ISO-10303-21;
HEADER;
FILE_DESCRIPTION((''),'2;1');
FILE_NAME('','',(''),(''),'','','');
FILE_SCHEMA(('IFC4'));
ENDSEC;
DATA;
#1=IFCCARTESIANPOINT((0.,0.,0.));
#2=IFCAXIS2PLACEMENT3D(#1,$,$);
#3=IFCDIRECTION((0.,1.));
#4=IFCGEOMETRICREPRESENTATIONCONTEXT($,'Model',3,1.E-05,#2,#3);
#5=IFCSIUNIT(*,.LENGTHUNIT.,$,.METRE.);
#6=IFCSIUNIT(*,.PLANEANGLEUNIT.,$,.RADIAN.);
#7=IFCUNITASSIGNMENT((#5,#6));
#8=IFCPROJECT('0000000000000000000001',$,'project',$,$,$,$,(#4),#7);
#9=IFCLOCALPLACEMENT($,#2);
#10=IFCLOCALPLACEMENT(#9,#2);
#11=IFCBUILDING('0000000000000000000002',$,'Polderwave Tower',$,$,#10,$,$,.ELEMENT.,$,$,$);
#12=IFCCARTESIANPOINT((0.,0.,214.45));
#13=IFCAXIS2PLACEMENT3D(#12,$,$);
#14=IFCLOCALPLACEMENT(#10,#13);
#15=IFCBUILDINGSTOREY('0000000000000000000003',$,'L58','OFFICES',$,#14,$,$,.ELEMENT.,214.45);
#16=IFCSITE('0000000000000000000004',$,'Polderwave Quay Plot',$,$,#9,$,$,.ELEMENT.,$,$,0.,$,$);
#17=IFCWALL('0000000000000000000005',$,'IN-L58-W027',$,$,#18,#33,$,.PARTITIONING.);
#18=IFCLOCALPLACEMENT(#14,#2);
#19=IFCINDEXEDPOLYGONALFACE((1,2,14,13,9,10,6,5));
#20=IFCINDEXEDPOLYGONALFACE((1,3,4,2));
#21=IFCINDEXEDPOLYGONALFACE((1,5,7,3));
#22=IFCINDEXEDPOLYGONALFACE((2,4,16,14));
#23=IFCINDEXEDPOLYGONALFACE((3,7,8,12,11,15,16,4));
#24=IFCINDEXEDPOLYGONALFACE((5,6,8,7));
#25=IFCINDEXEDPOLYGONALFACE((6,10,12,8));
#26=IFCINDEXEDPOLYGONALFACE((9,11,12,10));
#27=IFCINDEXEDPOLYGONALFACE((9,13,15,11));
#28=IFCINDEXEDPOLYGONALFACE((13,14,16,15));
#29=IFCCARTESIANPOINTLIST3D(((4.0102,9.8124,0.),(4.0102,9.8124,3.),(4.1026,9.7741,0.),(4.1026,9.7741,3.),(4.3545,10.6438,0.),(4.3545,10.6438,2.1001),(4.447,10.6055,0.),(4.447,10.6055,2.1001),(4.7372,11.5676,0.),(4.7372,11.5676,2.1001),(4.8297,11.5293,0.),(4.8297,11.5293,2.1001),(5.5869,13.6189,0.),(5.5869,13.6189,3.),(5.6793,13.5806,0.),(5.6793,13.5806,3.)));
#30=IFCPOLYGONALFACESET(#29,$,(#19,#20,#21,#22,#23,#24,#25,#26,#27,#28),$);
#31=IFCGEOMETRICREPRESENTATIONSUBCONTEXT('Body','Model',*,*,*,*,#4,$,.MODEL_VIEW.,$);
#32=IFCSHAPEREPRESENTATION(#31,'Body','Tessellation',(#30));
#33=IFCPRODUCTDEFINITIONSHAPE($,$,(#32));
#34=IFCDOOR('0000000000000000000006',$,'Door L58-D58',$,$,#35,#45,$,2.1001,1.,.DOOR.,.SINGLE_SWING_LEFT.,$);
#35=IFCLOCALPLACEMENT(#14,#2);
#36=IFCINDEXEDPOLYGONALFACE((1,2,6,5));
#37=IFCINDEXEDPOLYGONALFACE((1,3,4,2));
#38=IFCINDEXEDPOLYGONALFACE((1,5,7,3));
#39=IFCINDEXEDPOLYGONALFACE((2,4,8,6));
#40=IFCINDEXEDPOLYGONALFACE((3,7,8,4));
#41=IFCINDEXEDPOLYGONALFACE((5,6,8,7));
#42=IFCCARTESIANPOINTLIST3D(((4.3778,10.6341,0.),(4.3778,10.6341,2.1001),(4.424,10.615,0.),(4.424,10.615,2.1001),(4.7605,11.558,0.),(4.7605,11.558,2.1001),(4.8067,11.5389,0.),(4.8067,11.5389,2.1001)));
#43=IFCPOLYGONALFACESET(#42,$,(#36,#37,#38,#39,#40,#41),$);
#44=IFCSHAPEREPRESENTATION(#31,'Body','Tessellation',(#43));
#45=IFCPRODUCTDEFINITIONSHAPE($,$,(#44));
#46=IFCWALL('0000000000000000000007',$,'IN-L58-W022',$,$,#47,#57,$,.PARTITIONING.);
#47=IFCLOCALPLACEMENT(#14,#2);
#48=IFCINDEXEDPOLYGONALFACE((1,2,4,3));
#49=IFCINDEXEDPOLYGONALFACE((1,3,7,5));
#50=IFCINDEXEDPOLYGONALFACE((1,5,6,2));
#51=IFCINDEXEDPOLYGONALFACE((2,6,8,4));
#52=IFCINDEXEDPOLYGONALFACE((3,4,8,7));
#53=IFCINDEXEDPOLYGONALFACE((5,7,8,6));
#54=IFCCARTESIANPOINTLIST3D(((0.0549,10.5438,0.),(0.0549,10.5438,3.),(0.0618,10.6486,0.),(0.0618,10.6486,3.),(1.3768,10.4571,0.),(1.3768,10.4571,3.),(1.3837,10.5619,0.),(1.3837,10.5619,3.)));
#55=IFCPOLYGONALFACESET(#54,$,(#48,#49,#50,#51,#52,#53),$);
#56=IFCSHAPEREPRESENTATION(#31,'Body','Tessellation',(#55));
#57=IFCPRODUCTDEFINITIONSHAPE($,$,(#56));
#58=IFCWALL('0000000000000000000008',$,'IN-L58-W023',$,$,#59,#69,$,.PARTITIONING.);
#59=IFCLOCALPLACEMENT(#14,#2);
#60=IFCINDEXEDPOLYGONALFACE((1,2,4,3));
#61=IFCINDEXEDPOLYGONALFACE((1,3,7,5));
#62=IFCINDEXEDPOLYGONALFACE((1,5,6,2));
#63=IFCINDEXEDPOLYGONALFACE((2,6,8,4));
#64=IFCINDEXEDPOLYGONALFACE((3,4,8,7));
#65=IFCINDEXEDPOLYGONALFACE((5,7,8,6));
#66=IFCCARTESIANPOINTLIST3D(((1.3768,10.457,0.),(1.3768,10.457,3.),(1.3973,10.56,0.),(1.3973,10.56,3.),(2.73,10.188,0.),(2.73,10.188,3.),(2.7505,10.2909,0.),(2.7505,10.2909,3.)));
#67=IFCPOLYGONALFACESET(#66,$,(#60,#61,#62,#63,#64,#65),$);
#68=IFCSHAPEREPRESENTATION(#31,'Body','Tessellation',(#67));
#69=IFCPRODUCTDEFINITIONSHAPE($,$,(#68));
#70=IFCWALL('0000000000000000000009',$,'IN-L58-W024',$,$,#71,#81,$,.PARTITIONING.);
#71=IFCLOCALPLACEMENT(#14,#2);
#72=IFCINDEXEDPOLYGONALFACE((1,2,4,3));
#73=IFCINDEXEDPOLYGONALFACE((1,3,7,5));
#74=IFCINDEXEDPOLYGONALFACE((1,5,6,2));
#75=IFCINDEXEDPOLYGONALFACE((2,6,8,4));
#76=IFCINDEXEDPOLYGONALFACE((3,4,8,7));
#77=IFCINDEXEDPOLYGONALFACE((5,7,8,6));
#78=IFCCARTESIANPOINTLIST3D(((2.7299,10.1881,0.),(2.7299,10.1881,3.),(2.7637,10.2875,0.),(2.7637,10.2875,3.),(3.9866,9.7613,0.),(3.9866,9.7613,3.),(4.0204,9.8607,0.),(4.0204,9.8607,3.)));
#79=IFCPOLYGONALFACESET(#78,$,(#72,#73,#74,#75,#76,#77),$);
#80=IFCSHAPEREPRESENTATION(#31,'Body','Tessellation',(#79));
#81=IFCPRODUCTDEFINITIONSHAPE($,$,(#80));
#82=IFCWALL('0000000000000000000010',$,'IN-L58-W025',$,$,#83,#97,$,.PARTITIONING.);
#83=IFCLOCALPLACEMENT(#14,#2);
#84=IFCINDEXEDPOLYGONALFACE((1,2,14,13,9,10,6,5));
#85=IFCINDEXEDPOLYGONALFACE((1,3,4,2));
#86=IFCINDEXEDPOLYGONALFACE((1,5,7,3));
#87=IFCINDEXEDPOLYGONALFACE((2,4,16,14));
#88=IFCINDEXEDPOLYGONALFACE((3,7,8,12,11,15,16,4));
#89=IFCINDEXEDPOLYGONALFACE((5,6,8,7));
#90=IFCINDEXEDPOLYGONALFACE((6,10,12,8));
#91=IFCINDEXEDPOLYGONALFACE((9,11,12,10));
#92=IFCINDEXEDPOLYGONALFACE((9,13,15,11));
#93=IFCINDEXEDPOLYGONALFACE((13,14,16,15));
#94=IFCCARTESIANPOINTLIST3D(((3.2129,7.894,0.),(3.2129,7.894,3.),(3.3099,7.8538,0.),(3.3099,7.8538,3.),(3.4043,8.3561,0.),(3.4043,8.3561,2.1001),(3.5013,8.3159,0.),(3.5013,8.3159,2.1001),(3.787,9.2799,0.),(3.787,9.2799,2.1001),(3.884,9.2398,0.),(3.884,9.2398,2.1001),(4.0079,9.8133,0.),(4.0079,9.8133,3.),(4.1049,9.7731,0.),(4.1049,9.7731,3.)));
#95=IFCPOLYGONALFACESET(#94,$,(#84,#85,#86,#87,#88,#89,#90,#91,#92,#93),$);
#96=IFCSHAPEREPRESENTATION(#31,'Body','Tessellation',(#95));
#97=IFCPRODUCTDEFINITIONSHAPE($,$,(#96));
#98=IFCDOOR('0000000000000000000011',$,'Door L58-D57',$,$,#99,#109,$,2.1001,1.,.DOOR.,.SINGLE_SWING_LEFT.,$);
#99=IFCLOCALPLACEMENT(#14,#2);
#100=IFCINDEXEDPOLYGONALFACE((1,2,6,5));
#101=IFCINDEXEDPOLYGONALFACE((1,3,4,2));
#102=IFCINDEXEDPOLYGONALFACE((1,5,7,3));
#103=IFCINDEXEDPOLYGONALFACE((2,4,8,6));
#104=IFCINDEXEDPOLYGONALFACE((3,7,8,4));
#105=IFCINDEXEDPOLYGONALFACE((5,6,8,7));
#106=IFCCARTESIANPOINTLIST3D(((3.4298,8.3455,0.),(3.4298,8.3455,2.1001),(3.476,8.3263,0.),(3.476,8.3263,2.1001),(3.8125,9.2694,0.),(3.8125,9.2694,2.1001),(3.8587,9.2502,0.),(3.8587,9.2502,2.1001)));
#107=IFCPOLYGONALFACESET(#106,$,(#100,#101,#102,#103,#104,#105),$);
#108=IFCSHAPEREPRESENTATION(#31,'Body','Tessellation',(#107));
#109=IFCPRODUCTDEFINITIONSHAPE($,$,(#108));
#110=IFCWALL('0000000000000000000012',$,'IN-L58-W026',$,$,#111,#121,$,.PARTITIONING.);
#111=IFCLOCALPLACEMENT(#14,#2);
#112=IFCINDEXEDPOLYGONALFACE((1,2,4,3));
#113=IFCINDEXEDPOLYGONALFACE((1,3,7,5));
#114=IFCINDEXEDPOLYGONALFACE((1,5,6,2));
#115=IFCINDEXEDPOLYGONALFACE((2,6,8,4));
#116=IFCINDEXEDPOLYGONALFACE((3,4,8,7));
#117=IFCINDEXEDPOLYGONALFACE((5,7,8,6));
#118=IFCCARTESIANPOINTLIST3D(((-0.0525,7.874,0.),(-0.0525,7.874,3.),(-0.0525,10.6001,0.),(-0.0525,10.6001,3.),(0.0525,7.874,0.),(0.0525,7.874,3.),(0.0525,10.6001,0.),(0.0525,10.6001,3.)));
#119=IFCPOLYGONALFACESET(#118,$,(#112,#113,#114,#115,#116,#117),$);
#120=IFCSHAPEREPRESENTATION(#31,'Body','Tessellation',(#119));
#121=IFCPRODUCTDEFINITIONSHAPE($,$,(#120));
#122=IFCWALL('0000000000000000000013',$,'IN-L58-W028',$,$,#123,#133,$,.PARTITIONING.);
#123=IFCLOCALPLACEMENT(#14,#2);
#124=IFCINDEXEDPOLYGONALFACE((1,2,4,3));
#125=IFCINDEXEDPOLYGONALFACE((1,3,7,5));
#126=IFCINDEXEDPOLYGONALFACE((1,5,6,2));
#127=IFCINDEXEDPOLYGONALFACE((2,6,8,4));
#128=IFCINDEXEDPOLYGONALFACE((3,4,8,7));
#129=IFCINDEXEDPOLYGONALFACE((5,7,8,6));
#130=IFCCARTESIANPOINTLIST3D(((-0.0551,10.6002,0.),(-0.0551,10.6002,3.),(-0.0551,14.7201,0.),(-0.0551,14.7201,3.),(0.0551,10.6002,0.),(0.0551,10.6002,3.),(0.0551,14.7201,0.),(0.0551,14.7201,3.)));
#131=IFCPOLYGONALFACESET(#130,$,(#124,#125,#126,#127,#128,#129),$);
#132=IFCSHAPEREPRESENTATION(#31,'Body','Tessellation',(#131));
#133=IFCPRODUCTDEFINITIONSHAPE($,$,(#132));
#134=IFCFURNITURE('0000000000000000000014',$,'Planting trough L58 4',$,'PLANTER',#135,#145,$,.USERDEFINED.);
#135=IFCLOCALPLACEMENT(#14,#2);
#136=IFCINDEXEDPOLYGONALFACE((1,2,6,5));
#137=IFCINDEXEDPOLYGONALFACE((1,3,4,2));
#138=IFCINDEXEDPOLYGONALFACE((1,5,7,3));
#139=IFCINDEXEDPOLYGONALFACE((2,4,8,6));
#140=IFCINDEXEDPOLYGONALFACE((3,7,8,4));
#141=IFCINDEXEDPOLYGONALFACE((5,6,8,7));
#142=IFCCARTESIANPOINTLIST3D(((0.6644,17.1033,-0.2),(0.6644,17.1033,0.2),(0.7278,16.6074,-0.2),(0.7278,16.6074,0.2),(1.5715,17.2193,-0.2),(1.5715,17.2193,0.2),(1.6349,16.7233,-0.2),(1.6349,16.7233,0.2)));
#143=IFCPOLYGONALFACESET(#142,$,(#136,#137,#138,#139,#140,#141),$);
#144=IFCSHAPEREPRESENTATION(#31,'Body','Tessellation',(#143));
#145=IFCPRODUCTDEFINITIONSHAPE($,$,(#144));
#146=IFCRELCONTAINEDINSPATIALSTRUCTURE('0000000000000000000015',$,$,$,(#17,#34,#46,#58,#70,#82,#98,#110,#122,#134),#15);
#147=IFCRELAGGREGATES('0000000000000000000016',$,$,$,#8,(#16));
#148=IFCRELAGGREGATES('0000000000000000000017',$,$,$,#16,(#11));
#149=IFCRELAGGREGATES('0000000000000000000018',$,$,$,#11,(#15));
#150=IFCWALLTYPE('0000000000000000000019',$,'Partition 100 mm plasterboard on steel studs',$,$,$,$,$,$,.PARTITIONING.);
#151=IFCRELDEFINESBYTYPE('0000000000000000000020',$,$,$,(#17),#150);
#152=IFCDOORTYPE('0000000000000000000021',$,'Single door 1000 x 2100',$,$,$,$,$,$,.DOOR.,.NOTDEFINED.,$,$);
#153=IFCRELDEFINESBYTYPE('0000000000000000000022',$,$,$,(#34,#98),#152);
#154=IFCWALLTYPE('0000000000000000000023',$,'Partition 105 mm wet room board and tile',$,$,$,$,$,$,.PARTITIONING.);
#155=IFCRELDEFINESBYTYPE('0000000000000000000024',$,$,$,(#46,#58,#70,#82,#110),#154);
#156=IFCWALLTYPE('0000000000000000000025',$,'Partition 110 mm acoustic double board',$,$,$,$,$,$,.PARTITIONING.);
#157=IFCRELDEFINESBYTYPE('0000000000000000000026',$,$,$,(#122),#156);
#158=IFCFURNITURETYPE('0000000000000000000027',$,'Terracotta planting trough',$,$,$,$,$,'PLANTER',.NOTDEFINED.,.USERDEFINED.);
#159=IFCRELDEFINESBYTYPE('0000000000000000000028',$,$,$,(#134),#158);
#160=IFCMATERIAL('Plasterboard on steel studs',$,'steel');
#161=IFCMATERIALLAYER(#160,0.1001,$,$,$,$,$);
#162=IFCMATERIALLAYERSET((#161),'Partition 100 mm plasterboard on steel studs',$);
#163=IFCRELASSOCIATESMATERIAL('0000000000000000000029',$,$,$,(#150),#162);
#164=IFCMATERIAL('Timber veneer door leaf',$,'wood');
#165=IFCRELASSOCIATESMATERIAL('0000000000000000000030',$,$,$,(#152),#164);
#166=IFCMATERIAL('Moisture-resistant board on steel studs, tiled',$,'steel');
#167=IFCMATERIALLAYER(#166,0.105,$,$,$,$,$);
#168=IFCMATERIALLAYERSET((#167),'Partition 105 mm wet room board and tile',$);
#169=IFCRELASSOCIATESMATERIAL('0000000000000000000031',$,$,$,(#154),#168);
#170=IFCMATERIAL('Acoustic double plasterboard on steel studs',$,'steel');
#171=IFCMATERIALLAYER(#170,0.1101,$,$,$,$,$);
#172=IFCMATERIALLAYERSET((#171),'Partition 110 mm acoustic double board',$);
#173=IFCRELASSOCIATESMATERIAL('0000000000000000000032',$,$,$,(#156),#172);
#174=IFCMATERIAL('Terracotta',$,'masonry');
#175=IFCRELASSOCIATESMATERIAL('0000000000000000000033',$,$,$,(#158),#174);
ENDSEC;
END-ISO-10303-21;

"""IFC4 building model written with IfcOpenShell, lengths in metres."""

from ifc_helpers import new_model, si_unit, direction, frame, frame_2d, origin, origin_2d, place, context, subcontext, project, spatial, rectangle, extrude, material, layer, layer_set, type_object, element, fill, save


model = new_model("IFC4")

# Units and contexts
model_context = context("Model", 3, precision=1e-05, world=origin(), true_north=direction((0.0, 1.0)))
body_context = subcontext(model_context, "Body", "Model", "MODEL_VIEW")
ifc_project = project(units=[si_unit("LENGTHUNIT", "METRE"), si_unit("PLANEANGLEUNIT", "RADIAN")], contexts=[model_context])

# Site, building, storey
site_placement = place(None, origin())
site = spatial("IfcSite", under=ifc_project, at=site_placement, Name="Polderwave Quay Plot", CompositionType="ELEMENT", RefElevation=0.0)
building_placement = place(site_placement, origin())
building = spatial("IfcBuilding", under=site, at=building_placement, Name="Polderwave Tower", CompositionType="ELEMENT")
storey_placement = place(building_placement, frame((0.0, 0.0, 214.45)))
storey = spatial("IfcBuildingStorey", under=building, at=storey_placement, Name="L58", Description="OFFICES", CompositionType="ELEMENT", Elevation=214.45)

# Wall, opening, door
ifc_material_1 = material(Name="Plasterboard on steel studs", Category="steel")
ifc_layer_1 = layer(ifc_material_1, 0.1001)
ifc_layer_set_1 = layer_set([ifc_layer_1], Name="Partition 100 mm plasterboard on steel studs")
wall_type_1 = type_object("IfcWallType", Name="Partition 100 mm plasterboard on steel studs", PredefinedType="PARTITIONING", material=ifc_layer_set_1)
wall_1_placement = place(storey_placement, frame((4.0564, 9.7932, 0.0), z_axis=(0.0, 0.0, 1.0), x_axis=(0.382683, 0.92388, 0.0)))
wall_1 = element("IfcWall", 1, at=wall_1_placement, inside=storey, type_object=wall_type_1, Name="IN-L58-W027", PredefinedType="PARTITIONING", context=body_context, shape_type="SweptSolid", body=[
    extrude(rectangle(XDim=4.1201, YDim=0.1001, at=frame_2d((2.0601, 0.0))), origin(), (0.0, 0.0, 1.0), 3.0),
])
opening_1_placement = place(wall_1_placement, frame((0.8999, 0.0, 0.0)))
opening_1 = element("IfcOpeningElement", 2, at=opening_1_placement, cuts=wall_1, PredefinedType="OPENING", context=body_context, shape_type="SweptSolid", body=[
    extrude(rectangle(XDim=1.0, YDim=2.1001, at=frame_2d((0.5, 1.05))), frame((0.0, 0.0601, 0.0), z_axis=(0.0, -1.0, 0.0), x_axis=(1.0, 0.0, 0.0)), (0.0, 0.0, 1.0), 0.1201),
])
ifc_material_2 = material(Name="Timber veneer door leaf", Category="wood")
door_type = type_object("IfcDoorType", Name="Single door 1000 x 2100", OperationType="NOTDEFINED", PredefinedType="DOOR", material=ifc_material_2)
door_1_placement = place(opening_1_placement, origin())
door_1 = element("IfcDoor", 3, at=door_1_placement, inside=storey, type_object=door_type, Name="Door L58-D58", OperationType="SINGLE_SWING_LEFT", OverallHeight=2.1001, OverallWidth=1.0, PredefinedType="DOOR", context=body_context, shape_type="SweptSolid", body=[
    extrude(rectangle(XDim=1.0, YDim=2.1001, at=frame_2d((0.5, 1.05))), frame((0.0, 0.0249, 0.0), z_axis=(0.0, -1.0, 0.0), x_axis=(1.0, 0.0, 0.0)), (0.0, 0.0, 1.0), 0.05),
])
fill(opening_1, door_1)

# Walls
ifc_material_3 = material(Name="Moisture-resistant board on steel studs, tiled", Category="steel")
ifc_layer_2 = layer(ifc_material_3, 0.105)
ifc_layer_set_2 = layer_set([ifc_layer_2], Name="Partition 105 mm wet room board and tile")
wall_type_2 = type_object("IfcWallType", Name="Partition 105 mm wet room board and tile", PredefinedType="PARTITIONING", material=ifc_layer_set_2)
wall_2_placement = place(storey_placement, frame((0.0583, 10.5962, 0.0), z_axis=(0.0, 0.0, 1.0), x_axis=(0.997857, -0.06543, 0.0)))
element("IfcWall", 4, at=wall_2_placement, inside=storey, type_object=wall_type_2, Name="IN-L58-W022", PredefinedType="PARTITIONING", context=body_context, shape_type="SweptSolid", body=[
    extrude(rectangle(XDim=1.3247, YDim=0.105, at=frame_2d((0.6624, 0.0))), origin(), (0.0, 0.0, 1.0), 3.0),
])
wall_3_placement = place(storey_placement, frame((1.387, 10.5085, 0.0), z_axis=(0.0, 0.0, 1.0), x_axis=(0.980798, -0.195027, 0.0)))
element("IfcWall", 5, at=wall_3_placement, inside=storey, type_object=wall_type_2, Name="IN-L58-W023", PredefinedType="PARTITIONING", context=body_context, shape_type="SweptSolid", body=[
    extrude(rectangle(XDim=1.3796, YDim=0.105, at=frame_2d((0.6899, 0.0))), origin(), (0.0, 0.0, 1.0), 3.0),
])
wall_4_placement = place(storey_placement, frame((2.7468, 10.2378, 0.0), z_axis=(0.0, 0.0, 1.0), x_axis=(0.946884, -0.321576, 0.0)))
element("IfcWall", 6, at=wall_4_placement, inside=storey, type_object=wall_type_2, Name="IN-L58-W024", PredefinedType="PARTITIONING", context=body_context, shape_type="SweptSolid", body=[
    extrude(rectangle(XDim=1.3271, YDim=0.105, at=frame_2d((0.6636, 0.0))), origin(), (0.0, 0.0, 1.0), 3.0),
])

# Wall, opening, door
wall_5_placement = place(storey_placement, frame((3.2615, 7.874, 0.0), z_axis=(0.0, 0.0, 1.0), x_axis=(0.38267, 0.923885, 0.0)))
wall_5 = element("IfcWall", 7, at=wall_5_placement, inside=storey, type_object=wall_type_2, Name="IN-L58-W025", PredefinedType="PARTITIONING", context=body_context, shape_type="SweptSolid", body=[
    extrude(rectangle(XDim=2.0774, YDim=0.105, at=frame_2d((1.0386, 0.0))), origin(), (0.0, 0.0, 1.0), 3.0),
])
opening_2_placement = place(wall_5_placement, frame((0.5, 0.0, 0.0)))
opening_2 = element("IfcOpeningElement", 8, at=opening_2_placement, cuts=wall_5, PredefinedType="OPENING", context=body_context, shape_type="SweptSolid", body=[
    extrude(rectangle(XDim=1.0, YDim=2.1001, at=frame_2d((0.5, 1.05))), frame((0.0, 0.0625, 0.0), z_axis=(0.0, -1.0, 0.0), x_axis=(1.0, 0.0, 0.0)), (0.0, 0.0, 1.0), 0.125),
])
door_2_placement = place(opening_2_placement, origin())
door_2 = element("IfcDoor", 9, at=door_2_placement, inside=storey, type_object=door_type, Name="Door L58-D57", OperationType="SINGLE_SWING_LEFT", OverallHeight=2.1001, OverallWidth=1.0, PredefinedType="DOOR", context=body_context, shape_type="SweptSolid", body=[
    extrude(rectangle(XDim=1.0, YDim=2.1001, at=frame_2d((0.5, 1.05))), frame((0.0, 0.0249, 0.0), z_axis=(0.0, -1.0, 0.0), x_axis=(1.0, 0.0, 0.0)), (0.0, 0.0, 1.0), 0.05),
])
fill(opening_2, door_2)

# Walls
wall_6_placement = place(storey_placement, frame((0.0, 7.874, 0.0), z_axis=(0.0, 0.0, 1.0), x_axis=(0.0, 1.0, 0.0)))
element("IfcWall", 10, at=wall_6_placement, inside=storey, type_object=wall_type_2, Name="IN-L58-W026", PredefinedType="PARTITIONING", context=body_context, shape_type="SweptSolid", body=[
    extrude(rectangle(XDim=2.7261, YDim=0.105, at=frame_2d((1.363, 0.0))), origin(), (0.0, 0.0, 1.0), 3.0),
])
ifc_material_4 = material(Name="Acoustic double plasterboard on steel studs", Category="steel")
ifc_layer_3 = layer(ifc_material_4, 0.1101)
ifc_layer_set_3 = layer_set([ifc_layer_3], Name="Partition 110 mm acoustic double board")
wall_type_3 = type_object("IfcWallType", Name="Partition 110 mm acoustic double board", PredefinedType="PARTITIONING", material=ifc_layer_set_3)
wall_7_placement = place(storey_placement, frame((0.0, 10.6001, 0.0), z_axis=(0.0, 0.0, 1.0), x_axis=(0.0, 1.0, 0.0)))
element("IfcWall", 11, at=wall_7_placement, inside=storey, type_object=wall_type_3, Name="IN-L58-W028", PredefinedType="PARTITIONING", context=body_context, shape_type="SweptSolid", body=[
    extrude(rectangle(XDim=4.1199, YDim=0.1101, at=frame_2d((2.0601, 0.0))), origin(), (0.0, 0.0, 1.0), 3.0),
])

# Furniture
ifc_material_5 = material(Name="Terracotta", Category="masonry")
furniture_type = type_object("IfcFurnitureType", Name="Terracotta planting trough", ElementType="PLANTER", AssemblyPlace="NOTDEFINED", PredefinedType="USERDEFINED", material=ifc_material_5)
furniture_placement = place(storey_placement, frame((1.1497, 16.9133, -0.2), z_axis=(0.0, 0.0, 1.0), x_axis=(-0.991927, -0.12681, 0.0)))
element("IfcFurniture", 12, at=furniture_placement, inside=storey, type_object=furniture_type, Name="Planting trough L58 4", ObjectType="PLANTER", PredefinedType="USERDEFINED", context=body_context, shape_type="SweptSolid", body=[
    extrude(rectangle(XDim=0.9146, YDim=0.5, at=origin_2d()), origin(), (0.0, 0.0, 1.0), 0.3999),
])

save(model, "model.ifc")
